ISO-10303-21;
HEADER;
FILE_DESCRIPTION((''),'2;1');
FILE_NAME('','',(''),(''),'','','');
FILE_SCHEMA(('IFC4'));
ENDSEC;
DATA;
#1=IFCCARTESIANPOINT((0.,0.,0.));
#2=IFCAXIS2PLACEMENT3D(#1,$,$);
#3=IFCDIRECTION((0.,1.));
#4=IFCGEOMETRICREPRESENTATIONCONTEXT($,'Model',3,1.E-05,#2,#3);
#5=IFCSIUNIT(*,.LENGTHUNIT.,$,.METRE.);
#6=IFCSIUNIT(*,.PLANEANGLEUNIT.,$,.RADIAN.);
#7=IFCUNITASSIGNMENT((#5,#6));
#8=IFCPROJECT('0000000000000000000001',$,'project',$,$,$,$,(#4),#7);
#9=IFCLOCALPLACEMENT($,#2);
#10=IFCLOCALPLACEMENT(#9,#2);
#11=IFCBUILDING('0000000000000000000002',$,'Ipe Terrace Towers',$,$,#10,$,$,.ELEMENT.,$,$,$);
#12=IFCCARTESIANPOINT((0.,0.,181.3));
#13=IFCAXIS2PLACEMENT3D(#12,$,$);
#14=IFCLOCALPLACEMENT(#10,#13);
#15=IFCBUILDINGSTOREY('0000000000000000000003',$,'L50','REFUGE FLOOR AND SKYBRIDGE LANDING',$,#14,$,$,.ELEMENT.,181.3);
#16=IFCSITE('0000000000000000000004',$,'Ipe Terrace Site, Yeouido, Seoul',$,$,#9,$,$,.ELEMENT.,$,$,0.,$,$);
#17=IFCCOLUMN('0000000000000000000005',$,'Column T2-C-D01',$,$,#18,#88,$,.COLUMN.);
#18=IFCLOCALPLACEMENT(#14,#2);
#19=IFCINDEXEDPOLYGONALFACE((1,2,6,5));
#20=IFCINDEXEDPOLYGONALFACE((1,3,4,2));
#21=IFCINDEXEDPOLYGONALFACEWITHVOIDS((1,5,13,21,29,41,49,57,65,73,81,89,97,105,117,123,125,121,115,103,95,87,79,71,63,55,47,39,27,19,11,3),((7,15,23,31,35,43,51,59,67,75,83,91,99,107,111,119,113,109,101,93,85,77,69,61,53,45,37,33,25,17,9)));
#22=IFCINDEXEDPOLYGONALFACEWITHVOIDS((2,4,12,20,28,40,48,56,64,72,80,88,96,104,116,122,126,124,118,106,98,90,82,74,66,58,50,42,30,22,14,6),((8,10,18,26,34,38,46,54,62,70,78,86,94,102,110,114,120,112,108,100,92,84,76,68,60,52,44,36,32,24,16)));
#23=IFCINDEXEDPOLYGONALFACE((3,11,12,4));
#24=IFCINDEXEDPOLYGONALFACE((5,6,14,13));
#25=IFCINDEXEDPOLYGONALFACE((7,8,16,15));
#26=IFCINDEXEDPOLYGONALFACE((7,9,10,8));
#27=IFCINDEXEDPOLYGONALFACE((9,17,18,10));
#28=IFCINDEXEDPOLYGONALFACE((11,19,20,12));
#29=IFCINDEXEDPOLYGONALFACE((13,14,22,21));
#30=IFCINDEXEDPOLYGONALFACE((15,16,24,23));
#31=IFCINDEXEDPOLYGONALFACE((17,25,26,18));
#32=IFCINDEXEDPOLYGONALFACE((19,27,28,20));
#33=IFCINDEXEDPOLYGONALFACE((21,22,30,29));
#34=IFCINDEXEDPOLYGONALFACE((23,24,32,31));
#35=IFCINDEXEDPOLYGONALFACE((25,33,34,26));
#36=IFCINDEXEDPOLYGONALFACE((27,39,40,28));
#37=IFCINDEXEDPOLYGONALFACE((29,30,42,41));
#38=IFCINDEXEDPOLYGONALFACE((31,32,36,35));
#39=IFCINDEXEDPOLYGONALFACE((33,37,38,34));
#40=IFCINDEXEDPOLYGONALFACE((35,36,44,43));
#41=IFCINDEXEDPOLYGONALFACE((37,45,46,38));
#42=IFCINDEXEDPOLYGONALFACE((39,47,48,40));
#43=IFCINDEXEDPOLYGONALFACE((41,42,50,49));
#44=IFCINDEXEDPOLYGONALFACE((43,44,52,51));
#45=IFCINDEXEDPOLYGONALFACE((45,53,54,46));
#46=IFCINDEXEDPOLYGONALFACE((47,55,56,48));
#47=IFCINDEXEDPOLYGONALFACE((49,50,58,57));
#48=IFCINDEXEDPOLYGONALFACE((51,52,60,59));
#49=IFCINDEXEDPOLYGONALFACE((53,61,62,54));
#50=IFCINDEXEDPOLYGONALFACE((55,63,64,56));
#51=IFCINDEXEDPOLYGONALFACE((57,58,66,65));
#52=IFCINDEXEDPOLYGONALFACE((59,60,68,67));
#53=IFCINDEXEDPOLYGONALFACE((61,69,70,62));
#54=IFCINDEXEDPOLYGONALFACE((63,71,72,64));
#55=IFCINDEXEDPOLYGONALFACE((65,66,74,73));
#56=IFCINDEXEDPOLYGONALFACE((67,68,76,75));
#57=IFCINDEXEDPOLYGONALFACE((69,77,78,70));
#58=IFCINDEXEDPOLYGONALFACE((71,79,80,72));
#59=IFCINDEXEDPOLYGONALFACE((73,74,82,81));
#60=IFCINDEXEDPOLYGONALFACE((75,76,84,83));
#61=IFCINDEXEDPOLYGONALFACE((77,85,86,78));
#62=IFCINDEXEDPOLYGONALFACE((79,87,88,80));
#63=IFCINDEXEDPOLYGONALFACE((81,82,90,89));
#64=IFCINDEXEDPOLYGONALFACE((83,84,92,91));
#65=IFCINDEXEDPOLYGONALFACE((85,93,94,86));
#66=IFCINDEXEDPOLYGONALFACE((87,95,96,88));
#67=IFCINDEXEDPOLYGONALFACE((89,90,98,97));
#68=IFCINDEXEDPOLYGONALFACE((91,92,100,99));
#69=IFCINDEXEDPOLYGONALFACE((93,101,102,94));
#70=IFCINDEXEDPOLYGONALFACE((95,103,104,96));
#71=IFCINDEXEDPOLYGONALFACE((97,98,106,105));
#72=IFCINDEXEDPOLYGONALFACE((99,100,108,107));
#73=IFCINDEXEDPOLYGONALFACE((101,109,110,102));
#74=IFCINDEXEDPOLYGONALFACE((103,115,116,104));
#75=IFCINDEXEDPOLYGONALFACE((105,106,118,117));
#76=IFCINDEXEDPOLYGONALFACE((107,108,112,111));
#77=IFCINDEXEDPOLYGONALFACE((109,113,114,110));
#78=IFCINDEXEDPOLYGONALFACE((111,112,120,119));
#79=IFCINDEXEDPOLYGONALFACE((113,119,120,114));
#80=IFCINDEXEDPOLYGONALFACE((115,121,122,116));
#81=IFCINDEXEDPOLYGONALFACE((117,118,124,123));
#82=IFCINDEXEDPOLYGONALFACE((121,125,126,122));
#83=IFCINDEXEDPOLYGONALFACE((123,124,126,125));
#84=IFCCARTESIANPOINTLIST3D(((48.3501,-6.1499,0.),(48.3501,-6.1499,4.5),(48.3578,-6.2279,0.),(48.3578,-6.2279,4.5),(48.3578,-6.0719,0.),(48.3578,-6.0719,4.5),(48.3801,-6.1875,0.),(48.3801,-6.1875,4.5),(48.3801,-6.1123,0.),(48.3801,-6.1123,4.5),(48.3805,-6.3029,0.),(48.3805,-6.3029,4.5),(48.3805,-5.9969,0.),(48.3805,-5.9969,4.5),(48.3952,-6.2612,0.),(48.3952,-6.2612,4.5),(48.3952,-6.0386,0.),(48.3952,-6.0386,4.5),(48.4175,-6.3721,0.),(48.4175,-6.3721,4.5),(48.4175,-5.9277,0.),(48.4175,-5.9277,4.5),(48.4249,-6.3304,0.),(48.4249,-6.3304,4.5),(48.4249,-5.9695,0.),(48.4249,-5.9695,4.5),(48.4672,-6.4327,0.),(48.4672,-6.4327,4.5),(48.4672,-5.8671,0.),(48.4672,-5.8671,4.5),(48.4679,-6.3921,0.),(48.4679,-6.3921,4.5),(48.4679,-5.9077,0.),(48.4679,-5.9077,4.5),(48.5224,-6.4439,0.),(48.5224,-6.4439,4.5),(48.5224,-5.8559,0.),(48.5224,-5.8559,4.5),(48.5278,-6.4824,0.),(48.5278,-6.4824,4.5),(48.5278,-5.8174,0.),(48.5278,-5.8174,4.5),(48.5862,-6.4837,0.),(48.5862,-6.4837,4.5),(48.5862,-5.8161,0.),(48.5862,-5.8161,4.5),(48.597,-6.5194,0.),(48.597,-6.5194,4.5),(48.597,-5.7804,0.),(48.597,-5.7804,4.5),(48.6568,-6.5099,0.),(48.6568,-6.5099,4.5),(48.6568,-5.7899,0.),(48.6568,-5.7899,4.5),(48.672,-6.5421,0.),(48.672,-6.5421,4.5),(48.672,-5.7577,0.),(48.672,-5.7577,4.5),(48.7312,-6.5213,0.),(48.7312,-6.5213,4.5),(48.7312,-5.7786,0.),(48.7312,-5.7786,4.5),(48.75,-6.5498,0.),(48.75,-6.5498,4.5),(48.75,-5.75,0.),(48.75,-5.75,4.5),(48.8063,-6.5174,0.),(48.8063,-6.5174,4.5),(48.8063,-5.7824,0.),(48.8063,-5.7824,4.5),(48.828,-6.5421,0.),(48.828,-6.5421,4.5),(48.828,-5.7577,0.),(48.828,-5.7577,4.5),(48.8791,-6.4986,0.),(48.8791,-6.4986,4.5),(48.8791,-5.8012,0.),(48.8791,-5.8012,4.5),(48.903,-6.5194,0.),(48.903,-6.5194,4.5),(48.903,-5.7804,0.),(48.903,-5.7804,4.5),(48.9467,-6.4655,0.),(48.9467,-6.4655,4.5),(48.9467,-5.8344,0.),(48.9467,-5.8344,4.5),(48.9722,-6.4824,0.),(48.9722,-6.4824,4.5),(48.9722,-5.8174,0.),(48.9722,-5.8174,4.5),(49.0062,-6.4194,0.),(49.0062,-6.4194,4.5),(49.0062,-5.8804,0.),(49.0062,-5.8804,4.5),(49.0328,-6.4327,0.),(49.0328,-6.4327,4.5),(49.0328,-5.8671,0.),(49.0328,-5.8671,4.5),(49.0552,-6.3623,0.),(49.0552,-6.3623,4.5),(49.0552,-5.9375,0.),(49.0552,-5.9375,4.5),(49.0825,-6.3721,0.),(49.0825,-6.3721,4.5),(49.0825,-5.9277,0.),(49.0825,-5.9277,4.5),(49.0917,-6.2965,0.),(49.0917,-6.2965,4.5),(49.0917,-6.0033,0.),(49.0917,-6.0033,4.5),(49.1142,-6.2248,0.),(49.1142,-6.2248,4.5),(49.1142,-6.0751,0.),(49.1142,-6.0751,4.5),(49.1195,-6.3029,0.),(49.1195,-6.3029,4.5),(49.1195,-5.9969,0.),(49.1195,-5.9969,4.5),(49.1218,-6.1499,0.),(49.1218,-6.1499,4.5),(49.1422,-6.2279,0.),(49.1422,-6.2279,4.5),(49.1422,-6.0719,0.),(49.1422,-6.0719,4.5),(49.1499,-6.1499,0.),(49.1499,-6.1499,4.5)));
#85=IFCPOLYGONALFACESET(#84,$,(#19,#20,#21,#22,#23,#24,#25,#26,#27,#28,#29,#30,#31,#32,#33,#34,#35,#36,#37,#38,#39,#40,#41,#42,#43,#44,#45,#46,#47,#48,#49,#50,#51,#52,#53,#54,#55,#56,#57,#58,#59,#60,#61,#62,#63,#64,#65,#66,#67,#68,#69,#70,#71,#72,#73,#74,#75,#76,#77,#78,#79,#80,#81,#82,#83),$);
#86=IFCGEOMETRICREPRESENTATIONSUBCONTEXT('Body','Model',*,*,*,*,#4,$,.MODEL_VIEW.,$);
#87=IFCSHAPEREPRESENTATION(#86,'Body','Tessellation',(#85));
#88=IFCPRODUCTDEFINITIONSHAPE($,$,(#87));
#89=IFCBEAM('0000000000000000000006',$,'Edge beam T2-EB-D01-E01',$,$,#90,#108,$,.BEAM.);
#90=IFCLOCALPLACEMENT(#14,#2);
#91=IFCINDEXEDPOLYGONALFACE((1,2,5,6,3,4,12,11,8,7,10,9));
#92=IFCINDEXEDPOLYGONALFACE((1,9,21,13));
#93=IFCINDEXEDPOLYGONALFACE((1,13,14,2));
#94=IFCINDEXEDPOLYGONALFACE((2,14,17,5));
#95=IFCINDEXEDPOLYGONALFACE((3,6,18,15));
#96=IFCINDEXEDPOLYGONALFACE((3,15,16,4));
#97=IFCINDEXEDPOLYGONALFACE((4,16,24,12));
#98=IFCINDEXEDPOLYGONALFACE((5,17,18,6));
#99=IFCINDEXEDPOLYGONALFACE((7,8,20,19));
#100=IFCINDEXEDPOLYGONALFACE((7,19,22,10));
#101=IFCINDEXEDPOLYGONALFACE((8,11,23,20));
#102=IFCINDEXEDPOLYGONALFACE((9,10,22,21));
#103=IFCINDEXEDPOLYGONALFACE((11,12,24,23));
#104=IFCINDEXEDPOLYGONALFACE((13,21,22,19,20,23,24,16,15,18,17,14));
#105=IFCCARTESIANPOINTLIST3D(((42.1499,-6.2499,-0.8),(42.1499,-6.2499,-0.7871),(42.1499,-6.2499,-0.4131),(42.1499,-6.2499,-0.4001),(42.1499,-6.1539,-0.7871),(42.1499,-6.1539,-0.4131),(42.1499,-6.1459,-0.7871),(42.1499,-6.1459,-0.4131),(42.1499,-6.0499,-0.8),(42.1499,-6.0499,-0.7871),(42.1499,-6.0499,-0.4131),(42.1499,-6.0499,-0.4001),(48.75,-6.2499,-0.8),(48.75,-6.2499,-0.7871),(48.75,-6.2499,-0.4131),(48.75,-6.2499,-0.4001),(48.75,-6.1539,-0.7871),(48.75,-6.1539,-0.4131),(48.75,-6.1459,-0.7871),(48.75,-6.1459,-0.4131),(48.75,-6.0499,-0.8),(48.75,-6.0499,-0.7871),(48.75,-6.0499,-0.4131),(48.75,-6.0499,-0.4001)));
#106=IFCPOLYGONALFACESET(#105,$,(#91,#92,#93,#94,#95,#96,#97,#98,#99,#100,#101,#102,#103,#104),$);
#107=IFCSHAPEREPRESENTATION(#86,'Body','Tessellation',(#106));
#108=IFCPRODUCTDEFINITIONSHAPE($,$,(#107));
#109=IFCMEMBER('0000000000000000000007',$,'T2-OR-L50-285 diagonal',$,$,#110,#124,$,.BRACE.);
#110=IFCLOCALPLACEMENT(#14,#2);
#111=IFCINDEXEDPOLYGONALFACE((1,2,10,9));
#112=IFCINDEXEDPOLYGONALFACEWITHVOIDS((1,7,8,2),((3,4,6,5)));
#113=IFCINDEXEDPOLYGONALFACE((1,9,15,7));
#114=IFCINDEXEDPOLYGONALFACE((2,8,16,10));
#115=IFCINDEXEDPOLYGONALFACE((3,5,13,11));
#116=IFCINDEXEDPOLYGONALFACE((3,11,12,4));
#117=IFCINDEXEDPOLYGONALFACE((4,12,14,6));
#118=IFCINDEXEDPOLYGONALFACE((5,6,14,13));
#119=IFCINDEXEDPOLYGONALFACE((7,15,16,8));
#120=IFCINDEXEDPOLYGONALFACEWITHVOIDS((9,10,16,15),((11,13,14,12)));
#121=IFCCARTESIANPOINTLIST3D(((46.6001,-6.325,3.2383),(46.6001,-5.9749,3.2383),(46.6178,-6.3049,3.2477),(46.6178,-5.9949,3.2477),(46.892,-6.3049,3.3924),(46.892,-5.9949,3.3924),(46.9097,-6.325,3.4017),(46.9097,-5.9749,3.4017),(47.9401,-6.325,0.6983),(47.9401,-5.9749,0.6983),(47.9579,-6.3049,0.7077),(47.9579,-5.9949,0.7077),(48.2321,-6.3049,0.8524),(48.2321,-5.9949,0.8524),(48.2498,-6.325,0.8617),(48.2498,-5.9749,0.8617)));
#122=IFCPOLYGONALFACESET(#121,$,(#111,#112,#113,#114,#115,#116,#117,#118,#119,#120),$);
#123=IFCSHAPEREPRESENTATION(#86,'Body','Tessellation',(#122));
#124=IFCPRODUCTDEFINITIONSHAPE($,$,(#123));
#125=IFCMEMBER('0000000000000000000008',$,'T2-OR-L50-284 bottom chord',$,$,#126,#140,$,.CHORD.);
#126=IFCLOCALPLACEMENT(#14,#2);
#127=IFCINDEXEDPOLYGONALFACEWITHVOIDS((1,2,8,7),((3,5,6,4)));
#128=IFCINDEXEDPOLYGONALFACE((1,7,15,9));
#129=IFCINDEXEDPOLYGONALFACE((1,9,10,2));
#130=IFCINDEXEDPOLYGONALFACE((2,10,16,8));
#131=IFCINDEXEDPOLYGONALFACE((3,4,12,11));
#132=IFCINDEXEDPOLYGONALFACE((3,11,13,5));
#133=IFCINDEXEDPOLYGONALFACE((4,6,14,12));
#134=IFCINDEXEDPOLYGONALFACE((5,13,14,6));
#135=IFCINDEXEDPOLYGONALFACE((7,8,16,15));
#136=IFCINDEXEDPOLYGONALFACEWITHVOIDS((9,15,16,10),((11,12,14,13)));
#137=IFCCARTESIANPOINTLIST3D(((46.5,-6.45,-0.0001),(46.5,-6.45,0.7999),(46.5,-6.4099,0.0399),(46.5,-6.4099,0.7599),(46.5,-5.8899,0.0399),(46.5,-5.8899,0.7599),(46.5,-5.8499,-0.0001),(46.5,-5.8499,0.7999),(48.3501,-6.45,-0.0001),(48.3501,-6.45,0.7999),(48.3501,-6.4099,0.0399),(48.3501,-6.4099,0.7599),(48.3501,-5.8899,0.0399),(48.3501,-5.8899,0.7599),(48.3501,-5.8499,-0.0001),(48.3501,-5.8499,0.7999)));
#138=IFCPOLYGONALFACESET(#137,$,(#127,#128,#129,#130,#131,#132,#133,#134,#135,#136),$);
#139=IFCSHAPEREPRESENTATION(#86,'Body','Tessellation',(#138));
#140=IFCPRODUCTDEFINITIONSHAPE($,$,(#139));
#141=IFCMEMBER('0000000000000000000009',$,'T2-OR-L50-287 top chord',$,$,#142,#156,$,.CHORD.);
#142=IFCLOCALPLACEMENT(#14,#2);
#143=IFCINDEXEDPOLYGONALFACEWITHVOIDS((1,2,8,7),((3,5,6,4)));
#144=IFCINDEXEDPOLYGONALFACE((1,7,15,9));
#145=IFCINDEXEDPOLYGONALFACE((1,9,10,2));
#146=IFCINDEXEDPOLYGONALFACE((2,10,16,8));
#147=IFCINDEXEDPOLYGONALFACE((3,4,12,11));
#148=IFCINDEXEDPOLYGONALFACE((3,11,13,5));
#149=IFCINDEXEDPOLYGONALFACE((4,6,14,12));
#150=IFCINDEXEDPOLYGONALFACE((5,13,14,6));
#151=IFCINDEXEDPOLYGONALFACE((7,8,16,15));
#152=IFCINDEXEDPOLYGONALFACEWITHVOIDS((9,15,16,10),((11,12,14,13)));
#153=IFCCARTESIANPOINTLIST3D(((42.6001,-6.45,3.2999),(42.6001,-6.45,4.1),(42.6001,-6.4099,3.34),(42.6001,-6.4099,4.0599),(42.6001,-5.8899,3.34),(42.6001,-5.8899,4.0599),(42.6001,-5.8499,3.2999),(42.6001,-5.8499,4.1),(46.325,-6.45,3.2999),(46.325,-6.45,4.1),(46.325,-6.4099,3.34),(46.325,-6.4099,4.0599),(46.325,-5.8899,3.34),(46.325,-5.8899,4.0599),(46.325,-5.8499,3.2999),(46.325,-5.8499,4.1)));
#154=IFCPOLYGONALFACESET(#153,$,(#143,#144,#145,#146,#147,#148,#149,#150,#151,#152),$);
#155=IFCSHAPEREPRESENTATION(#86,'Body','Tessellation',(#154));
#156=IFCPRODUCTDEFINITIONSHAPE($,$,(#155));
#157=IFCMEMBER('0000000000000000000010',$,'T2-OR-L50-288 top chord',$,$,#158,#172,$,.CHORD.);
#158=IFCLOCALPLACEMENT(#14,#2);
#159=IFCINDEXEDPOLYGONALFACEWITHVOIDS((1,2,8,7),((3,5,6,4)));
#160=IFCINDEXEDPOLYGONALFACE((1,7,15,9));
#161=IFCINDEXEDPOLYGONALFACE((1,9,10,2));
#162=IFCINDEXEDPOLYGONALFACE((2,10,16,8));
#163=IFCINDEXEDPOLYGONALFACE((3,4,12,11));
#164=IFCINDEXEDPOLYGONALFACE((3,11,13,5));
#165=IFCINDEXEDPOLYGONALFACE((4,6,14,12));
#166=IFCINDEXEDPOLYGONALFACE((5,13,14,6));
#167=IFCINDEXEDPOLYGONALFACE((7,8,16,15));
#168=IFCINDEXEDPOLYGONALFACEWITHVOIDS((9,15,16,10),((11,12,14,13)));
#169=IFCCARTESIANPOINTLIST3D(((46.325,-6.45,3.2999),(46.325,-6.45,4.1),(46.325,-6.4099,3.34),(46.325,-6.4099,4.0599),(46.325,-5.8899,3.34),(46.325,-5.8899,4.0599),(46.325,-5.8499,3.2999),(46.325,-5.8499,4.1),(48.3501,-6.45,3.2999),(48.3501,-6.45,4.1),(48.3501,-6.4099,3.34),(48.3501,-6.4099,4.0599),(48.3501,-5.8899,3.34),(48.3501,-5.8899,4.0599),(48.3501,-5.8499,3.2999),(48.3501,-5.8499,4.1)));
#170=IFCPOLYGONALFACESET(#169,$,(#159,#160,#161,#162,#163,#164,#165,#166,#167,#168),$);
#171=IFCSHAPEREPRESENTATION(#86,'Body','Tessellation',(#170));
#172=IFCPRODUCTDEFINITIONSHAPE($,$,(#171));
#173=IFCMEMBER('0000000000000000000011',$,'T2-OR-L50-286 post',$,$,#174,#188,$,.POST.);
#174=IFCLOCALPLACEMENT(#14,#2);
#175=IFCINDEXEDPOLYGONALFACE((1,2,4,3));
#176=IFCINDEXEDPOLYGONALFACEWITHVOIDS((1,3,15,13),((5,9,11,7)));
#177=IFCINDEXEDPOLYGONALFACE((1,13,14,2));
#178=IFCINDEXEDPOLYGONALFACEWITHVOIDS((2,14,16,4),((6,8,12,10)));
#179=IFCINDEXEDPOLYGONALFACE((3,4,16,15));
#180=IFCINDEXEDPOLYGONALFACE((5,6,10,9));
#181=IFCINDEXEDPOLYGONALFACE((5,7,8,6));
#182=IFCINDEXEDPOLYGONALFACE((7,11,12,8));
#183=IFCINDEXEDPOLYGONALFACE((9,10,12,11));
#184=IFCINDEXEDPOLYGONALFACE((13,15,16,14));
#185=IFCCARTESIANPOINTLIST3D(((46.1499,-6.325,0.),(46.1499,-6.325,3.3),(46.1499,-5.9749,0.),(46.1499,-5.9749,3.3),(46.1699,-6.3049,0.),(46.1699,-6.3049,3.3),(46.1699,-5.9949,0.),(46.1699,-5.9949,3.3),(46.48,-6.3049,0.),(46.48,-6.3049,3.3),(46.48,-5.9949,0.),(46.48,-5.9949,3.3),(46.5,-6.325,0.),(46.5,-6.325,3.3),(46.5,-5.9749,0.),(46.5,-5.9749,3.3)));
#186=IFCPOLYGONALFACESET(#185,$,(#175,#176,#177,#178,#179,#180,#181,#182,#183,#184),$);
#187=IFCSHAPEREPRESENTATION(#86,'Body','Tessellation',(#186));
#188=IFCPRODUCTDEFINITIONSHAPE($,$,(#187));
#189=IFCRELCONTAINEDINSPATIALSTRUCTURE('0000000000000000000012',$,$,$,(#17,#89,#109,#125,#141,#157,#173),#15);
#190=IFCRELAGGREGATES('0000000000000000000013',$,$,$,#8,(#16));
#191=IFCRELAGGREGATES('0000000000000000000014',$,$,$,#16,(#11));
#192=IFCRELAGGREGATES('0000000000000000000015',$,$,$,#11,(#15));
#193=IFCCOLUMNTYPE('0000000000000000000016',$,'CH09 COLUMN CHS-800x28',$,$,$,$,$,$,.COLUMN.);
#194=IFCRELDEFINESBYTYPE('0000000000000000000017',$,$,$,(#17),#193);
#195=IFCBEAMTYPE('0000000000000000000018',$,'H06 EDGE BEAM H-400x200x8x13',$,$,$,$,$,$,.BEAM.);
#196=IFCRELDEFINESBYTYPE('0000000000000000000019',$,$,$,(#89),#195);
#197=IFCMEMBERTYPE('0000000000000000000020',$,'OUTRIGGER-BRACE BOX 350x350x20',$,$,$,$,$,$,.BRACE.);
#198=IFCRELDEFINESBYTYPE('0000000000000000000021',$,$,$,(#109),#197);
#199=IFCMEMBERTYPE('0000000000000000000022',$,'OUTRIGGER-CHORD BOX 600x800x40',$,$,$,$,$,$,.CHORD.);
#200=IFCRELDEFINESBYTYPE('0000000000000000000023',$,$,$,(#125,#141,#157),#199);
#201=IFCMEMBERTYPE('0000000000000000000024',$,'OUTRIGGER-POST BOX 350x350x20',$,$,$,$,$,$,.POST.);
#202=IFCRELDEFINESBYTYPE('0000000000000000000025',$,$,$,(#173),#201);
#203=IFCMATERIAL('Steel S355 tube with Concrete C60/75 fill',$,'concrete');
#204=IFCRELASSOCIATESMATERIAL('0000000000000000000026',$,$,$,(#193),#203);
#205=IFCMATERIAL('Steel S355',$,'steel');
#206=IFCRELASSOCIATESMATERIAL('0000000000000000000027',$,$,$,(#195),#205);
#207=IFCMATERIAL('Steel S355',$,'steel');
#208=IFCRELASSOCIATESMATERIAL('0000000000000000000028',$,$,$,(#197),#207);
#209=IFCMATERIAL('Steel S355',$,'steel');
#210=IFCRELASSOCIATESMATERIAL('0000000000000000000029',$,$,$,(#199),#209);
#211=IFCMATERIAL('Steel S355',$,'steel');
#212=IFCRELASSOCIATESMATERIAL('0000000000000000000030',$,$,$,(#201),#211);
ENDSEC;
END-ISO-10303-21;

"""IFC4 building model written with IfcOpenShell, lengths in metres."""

from ifc_helpers import new_model, si_unit, direction, frame, origin, origin_2d, place, context, subcontext, project, spatial, hollow_rectangle, hollow_circle, i_section, extrude, material, material_profile, profile_set, type_object, element, save


model = new_model("IFC4")

# Units and contexts
model_context = context("Model", 3, precision=1e-05, world=origin(), true_north=direction((0.0, 1.0)))
body_context = subcontext(model_context, "Body", "Model", "MODEL_VIEW")
ifc_project = project(units=[si_unit("LENGTHUNIT", "METRE"), si_unit("PLANEANGLEUNIT", "RADIAN")], contexts=[model_context])

# Site, building, storey
site_placement = place(None, origin())
site = spatial("IfcSite", under=ifc_project, at=site_placement, Name="Ipe Terrace Site, Yeouido, Seoul", CompositionType="ELEMENT", RefElevation=0.0)
building_placement = place(site_placement, origin())
building = spatial("IfcBuilding", under=site, at=building_placement, Name="Ipe Terrace Towers", CompositionType="ELEMENT")
storey_placement = place(building_placement, frame((0.0, 0.0, 181.3)))
storey = spatial("IfcBuildingStorey", under=building, at=storey_placement, Name="L50", Description="REFUGE FLOOR AND SKYBRIDGE LANDING", CompositionType="ELEMENT", Elevation=181.3)

# Column
ifc_material_1 = material(Name="Steel S355 tube with Concrete C60/75 fill", Category="concrete")
ifc_material_profile_1 = material_profile(ifc_material_1, hollow_circle(Radius=0.3999, WallThickness=0.0281, at=origin_2d()), Name="CHS-800x28")
ifc_profile_set_1 = profile_set([ifc_material_profile_1], Name="Steel S355 tube with Concrete C60/75 fill")
column_type = type_object("IfcColumnType", Name="CH09 COLUMN CHS-800x28", PredefinedType="COLUMN", material=ifc_profile_set_1)
column_placement = place(storey_placement, frame((48.75, -6.1499, 0.0), z_axis=(0.0, 0.0, 1.0), x_axis=(1.0, 0.0, 0.0)))
element("IfcColumn", 1, at=column_placement, inside=storey, type_object=column_type, Name="Column T2-C-D01", PredefinedType="COLUMN", context=body_context, shape_type="SweptSolid", body=[
    extrude(hollow_circle(Radius=0.3999, WallThickness=0.0281, at=origin_2d()), origin(), (0.0, 0.0, 1.0), 4.5),
])

# Beam
ifc_material_2 = material(Name="Steel S355", Category="steel")
ifc_material_profile_2 = material_profile(ifc_material_2, i_section(OverallWidth=0.2, OverallDepth=0.3999, WebThickness=0.0081, FlangeThickness=0.0129, at=origin_2d()), Name="H-400x200x8x13")
ifc_profile_set_2 = profile_set([ifc_material_profile_2], Name="Steel S355")
beam_type = type_object("IfcBeamType", Name="H06 EDGE BEAM H-400x200x8x13", PredefinedType="BEAM", material=ifc_profile_set_2)
beam_placement = place(storey_placement, frame((48.75, -6.1499, -0.6001), z_axis=(-1.0, 0.0, 0.0), x_axis=(0.0, -1.0, 0.0)))
element("IfcBeam", 2, at=beam_placement, inside=storey, type_object=beam_type, Name="Edge beam T2-EB-D01-E01", PredefinedType="BEAM", context=body_context, shape_type="SweptSolid", body=[
    extrude(i_section(OverallWidth=0.2, OverallDepth=0.3999, WebThickness=0.0081, FlangeThickness=0.0129, at=origin_2d()), origin(), (0.0, 0.0, 1.0), 6.6001),
])

# Members
ifc_material_3 = material(Name="Steel S355", Category="steel")
ifc_material_profile_3 = material_profile(ifc_material_3, hollow_rectangle(XDim=0.3501, YDim=0.3501, WallThickness=0.02, at=origin_2d()), Name="OUTRIGGER-BRACE BOX 350x350x20")
ifc_profile_set_3 = profile_set([ifc_material_profile_3], Name="Steel S355")
member_type_1 = type_object("IfcMemberType", Name="OUTRIGGER-BRACE BOX 350x350x20", PredefinedType="BRACE", material=ifc_profile_set_3)
member_1_placement = place(storey_placement, frame((48.095, -6.1499, 0.78), z_axis=(-0.466626, 0.0, 0.884455), x_axis=(0.0, -1.0, 0.0)))
element("IfcMember", 3, at=member_1_placement, inside=storey, type_object=member_type_1, Name="T2-OR-L50-285 diagonal", PredefinedType="BRACE", context=body_context, shape_type="SweptSolid", body=[
    extrude(hollow_rectangle(XDim=0.3501, YDim=0.3501, WallThickness=0.02, at=origin_2d()), origin(), (0.0, 0.0, 1.0), 2.8718),
])
ifc_material_4 = material(Name="Steel S355", Category="steel")
ifc_material_profile_4 = material_profile(ifc_material_4, hollow_rectangle(XDim=0.6001, YDim=0.8, WallThickness=0.04, at=origin_2d()), Name="OUTRIGGER-CHORD BOX 600x800x40")
ifc_profile_set_4 = profile_set([ifc_material_profile_4], Name="Steel S355")
member_type_2 = type_object("IfcMemberType", Name="OUTRIGGER-CHORD BOX 600x800x40", PredefinedType="CHORD", material=ifc_profile_set_4)
member_2_placement = place(storey_placement, frame((46.5, -6.1499, 0.3999), z_axis=(1.0, 0.0, 0.0), x_axis=(0.0, 1.0, 0.0)))
element("IfcMember", 4, at=member_2_placement, inside=storey, type_object=member_type_2, Name="T2-OR-L50-284 bottom chord", PredefinedType="CHORD", context=body_context, shape_type="SweptSolid", body=[
    extrude(hollow_rectangle(XDim=0.6001, YDim=0.8, WallThickness=0.04, at=origin_2d()), origin(), (0.0, 0.0, 1.0), 1.8501),
])
member_3_placement = place(storey_placement, frame((42.6001, -6.1499, 3.7), z_axis=(1.0, 0.0, 0.0), x_axis=(0.0, 1.0, 0.0)))
element("IfcMember", 5, at=member_3_placement, inside=storey, type_object=member_type_2, Name="T2-OR-L50-287 top chord", PredefinedType="CHORD", context=body_context, shape_type="SweptSolid", body=[
    extrude(hollow_rectangle(XDim=0.6001, YDim=0.8, WallThickness=0.04, at=origin_2d()), origin(), (0.0, 0.0, 1.0), 3.7249),
])
member_4_placement = place(storey_placement, frame((46.325, -6.1499, 3.7), z_axis=(1.0, 0.0, 0.0), x_axis=(0.0, 1.0, 0.0)))
element("IfcMember", 6, at=member_4_placement, inside=storey, type_object=member_type_2, Name="T2-OR-L50-288 top chord", PredefinedType="CHORD", context=body_context, shape_type="SweptSolid", body=[
    extrude(hollow_rectangle(XDim=0.6001, YDim=0.8, WallThickness=0.04, at=origin_2d()), origin(), (0.0, 0.0, 1.0), 2.0251),
])
ifc_material_5 = material(Name="Steel S355", Category="steel")
ifc_material_profile_5 = material_profile(ifc_material_5, hollow_rectangle(XDim=0.3501, YDim=0.3501, WallThickness=0.02, at=origin_2d()), Name="OUTRIGGER-POST BOX 350x350x20")
ifc_profile_set_5 = profile_set([ifc_material_profile_5], Name="Steel S355")
member_type_3 = type_object("IfcMemberType", Name="OUTRIGGER-POST BOX 350x350x20", PredefinedType="POST", material=ifc_profile_set_5)
member_5_placement = place(storey_placement, frame((46.325, -6.1499, 0.0), z_axis=(0.0, 0.0, 1.0), x_axis=(1.0, 0.0, 0.0)))
element("IfcMember", 7, at=member_5_placement, inside=storey, type_object=member_type_3, Name="T2-OR-L50-286 post", PredefinedType="POST", context=body_context, shape_type="SweptSolid", body=[
    extrude(hollow_rectangle(XDim=0.3501, YDim=0.3501, WallThickness=0.02, at=origin_2d()), origin(), (0.0, 0.0, 1.0), 3.3),
])

save(model, "model.ifc")
